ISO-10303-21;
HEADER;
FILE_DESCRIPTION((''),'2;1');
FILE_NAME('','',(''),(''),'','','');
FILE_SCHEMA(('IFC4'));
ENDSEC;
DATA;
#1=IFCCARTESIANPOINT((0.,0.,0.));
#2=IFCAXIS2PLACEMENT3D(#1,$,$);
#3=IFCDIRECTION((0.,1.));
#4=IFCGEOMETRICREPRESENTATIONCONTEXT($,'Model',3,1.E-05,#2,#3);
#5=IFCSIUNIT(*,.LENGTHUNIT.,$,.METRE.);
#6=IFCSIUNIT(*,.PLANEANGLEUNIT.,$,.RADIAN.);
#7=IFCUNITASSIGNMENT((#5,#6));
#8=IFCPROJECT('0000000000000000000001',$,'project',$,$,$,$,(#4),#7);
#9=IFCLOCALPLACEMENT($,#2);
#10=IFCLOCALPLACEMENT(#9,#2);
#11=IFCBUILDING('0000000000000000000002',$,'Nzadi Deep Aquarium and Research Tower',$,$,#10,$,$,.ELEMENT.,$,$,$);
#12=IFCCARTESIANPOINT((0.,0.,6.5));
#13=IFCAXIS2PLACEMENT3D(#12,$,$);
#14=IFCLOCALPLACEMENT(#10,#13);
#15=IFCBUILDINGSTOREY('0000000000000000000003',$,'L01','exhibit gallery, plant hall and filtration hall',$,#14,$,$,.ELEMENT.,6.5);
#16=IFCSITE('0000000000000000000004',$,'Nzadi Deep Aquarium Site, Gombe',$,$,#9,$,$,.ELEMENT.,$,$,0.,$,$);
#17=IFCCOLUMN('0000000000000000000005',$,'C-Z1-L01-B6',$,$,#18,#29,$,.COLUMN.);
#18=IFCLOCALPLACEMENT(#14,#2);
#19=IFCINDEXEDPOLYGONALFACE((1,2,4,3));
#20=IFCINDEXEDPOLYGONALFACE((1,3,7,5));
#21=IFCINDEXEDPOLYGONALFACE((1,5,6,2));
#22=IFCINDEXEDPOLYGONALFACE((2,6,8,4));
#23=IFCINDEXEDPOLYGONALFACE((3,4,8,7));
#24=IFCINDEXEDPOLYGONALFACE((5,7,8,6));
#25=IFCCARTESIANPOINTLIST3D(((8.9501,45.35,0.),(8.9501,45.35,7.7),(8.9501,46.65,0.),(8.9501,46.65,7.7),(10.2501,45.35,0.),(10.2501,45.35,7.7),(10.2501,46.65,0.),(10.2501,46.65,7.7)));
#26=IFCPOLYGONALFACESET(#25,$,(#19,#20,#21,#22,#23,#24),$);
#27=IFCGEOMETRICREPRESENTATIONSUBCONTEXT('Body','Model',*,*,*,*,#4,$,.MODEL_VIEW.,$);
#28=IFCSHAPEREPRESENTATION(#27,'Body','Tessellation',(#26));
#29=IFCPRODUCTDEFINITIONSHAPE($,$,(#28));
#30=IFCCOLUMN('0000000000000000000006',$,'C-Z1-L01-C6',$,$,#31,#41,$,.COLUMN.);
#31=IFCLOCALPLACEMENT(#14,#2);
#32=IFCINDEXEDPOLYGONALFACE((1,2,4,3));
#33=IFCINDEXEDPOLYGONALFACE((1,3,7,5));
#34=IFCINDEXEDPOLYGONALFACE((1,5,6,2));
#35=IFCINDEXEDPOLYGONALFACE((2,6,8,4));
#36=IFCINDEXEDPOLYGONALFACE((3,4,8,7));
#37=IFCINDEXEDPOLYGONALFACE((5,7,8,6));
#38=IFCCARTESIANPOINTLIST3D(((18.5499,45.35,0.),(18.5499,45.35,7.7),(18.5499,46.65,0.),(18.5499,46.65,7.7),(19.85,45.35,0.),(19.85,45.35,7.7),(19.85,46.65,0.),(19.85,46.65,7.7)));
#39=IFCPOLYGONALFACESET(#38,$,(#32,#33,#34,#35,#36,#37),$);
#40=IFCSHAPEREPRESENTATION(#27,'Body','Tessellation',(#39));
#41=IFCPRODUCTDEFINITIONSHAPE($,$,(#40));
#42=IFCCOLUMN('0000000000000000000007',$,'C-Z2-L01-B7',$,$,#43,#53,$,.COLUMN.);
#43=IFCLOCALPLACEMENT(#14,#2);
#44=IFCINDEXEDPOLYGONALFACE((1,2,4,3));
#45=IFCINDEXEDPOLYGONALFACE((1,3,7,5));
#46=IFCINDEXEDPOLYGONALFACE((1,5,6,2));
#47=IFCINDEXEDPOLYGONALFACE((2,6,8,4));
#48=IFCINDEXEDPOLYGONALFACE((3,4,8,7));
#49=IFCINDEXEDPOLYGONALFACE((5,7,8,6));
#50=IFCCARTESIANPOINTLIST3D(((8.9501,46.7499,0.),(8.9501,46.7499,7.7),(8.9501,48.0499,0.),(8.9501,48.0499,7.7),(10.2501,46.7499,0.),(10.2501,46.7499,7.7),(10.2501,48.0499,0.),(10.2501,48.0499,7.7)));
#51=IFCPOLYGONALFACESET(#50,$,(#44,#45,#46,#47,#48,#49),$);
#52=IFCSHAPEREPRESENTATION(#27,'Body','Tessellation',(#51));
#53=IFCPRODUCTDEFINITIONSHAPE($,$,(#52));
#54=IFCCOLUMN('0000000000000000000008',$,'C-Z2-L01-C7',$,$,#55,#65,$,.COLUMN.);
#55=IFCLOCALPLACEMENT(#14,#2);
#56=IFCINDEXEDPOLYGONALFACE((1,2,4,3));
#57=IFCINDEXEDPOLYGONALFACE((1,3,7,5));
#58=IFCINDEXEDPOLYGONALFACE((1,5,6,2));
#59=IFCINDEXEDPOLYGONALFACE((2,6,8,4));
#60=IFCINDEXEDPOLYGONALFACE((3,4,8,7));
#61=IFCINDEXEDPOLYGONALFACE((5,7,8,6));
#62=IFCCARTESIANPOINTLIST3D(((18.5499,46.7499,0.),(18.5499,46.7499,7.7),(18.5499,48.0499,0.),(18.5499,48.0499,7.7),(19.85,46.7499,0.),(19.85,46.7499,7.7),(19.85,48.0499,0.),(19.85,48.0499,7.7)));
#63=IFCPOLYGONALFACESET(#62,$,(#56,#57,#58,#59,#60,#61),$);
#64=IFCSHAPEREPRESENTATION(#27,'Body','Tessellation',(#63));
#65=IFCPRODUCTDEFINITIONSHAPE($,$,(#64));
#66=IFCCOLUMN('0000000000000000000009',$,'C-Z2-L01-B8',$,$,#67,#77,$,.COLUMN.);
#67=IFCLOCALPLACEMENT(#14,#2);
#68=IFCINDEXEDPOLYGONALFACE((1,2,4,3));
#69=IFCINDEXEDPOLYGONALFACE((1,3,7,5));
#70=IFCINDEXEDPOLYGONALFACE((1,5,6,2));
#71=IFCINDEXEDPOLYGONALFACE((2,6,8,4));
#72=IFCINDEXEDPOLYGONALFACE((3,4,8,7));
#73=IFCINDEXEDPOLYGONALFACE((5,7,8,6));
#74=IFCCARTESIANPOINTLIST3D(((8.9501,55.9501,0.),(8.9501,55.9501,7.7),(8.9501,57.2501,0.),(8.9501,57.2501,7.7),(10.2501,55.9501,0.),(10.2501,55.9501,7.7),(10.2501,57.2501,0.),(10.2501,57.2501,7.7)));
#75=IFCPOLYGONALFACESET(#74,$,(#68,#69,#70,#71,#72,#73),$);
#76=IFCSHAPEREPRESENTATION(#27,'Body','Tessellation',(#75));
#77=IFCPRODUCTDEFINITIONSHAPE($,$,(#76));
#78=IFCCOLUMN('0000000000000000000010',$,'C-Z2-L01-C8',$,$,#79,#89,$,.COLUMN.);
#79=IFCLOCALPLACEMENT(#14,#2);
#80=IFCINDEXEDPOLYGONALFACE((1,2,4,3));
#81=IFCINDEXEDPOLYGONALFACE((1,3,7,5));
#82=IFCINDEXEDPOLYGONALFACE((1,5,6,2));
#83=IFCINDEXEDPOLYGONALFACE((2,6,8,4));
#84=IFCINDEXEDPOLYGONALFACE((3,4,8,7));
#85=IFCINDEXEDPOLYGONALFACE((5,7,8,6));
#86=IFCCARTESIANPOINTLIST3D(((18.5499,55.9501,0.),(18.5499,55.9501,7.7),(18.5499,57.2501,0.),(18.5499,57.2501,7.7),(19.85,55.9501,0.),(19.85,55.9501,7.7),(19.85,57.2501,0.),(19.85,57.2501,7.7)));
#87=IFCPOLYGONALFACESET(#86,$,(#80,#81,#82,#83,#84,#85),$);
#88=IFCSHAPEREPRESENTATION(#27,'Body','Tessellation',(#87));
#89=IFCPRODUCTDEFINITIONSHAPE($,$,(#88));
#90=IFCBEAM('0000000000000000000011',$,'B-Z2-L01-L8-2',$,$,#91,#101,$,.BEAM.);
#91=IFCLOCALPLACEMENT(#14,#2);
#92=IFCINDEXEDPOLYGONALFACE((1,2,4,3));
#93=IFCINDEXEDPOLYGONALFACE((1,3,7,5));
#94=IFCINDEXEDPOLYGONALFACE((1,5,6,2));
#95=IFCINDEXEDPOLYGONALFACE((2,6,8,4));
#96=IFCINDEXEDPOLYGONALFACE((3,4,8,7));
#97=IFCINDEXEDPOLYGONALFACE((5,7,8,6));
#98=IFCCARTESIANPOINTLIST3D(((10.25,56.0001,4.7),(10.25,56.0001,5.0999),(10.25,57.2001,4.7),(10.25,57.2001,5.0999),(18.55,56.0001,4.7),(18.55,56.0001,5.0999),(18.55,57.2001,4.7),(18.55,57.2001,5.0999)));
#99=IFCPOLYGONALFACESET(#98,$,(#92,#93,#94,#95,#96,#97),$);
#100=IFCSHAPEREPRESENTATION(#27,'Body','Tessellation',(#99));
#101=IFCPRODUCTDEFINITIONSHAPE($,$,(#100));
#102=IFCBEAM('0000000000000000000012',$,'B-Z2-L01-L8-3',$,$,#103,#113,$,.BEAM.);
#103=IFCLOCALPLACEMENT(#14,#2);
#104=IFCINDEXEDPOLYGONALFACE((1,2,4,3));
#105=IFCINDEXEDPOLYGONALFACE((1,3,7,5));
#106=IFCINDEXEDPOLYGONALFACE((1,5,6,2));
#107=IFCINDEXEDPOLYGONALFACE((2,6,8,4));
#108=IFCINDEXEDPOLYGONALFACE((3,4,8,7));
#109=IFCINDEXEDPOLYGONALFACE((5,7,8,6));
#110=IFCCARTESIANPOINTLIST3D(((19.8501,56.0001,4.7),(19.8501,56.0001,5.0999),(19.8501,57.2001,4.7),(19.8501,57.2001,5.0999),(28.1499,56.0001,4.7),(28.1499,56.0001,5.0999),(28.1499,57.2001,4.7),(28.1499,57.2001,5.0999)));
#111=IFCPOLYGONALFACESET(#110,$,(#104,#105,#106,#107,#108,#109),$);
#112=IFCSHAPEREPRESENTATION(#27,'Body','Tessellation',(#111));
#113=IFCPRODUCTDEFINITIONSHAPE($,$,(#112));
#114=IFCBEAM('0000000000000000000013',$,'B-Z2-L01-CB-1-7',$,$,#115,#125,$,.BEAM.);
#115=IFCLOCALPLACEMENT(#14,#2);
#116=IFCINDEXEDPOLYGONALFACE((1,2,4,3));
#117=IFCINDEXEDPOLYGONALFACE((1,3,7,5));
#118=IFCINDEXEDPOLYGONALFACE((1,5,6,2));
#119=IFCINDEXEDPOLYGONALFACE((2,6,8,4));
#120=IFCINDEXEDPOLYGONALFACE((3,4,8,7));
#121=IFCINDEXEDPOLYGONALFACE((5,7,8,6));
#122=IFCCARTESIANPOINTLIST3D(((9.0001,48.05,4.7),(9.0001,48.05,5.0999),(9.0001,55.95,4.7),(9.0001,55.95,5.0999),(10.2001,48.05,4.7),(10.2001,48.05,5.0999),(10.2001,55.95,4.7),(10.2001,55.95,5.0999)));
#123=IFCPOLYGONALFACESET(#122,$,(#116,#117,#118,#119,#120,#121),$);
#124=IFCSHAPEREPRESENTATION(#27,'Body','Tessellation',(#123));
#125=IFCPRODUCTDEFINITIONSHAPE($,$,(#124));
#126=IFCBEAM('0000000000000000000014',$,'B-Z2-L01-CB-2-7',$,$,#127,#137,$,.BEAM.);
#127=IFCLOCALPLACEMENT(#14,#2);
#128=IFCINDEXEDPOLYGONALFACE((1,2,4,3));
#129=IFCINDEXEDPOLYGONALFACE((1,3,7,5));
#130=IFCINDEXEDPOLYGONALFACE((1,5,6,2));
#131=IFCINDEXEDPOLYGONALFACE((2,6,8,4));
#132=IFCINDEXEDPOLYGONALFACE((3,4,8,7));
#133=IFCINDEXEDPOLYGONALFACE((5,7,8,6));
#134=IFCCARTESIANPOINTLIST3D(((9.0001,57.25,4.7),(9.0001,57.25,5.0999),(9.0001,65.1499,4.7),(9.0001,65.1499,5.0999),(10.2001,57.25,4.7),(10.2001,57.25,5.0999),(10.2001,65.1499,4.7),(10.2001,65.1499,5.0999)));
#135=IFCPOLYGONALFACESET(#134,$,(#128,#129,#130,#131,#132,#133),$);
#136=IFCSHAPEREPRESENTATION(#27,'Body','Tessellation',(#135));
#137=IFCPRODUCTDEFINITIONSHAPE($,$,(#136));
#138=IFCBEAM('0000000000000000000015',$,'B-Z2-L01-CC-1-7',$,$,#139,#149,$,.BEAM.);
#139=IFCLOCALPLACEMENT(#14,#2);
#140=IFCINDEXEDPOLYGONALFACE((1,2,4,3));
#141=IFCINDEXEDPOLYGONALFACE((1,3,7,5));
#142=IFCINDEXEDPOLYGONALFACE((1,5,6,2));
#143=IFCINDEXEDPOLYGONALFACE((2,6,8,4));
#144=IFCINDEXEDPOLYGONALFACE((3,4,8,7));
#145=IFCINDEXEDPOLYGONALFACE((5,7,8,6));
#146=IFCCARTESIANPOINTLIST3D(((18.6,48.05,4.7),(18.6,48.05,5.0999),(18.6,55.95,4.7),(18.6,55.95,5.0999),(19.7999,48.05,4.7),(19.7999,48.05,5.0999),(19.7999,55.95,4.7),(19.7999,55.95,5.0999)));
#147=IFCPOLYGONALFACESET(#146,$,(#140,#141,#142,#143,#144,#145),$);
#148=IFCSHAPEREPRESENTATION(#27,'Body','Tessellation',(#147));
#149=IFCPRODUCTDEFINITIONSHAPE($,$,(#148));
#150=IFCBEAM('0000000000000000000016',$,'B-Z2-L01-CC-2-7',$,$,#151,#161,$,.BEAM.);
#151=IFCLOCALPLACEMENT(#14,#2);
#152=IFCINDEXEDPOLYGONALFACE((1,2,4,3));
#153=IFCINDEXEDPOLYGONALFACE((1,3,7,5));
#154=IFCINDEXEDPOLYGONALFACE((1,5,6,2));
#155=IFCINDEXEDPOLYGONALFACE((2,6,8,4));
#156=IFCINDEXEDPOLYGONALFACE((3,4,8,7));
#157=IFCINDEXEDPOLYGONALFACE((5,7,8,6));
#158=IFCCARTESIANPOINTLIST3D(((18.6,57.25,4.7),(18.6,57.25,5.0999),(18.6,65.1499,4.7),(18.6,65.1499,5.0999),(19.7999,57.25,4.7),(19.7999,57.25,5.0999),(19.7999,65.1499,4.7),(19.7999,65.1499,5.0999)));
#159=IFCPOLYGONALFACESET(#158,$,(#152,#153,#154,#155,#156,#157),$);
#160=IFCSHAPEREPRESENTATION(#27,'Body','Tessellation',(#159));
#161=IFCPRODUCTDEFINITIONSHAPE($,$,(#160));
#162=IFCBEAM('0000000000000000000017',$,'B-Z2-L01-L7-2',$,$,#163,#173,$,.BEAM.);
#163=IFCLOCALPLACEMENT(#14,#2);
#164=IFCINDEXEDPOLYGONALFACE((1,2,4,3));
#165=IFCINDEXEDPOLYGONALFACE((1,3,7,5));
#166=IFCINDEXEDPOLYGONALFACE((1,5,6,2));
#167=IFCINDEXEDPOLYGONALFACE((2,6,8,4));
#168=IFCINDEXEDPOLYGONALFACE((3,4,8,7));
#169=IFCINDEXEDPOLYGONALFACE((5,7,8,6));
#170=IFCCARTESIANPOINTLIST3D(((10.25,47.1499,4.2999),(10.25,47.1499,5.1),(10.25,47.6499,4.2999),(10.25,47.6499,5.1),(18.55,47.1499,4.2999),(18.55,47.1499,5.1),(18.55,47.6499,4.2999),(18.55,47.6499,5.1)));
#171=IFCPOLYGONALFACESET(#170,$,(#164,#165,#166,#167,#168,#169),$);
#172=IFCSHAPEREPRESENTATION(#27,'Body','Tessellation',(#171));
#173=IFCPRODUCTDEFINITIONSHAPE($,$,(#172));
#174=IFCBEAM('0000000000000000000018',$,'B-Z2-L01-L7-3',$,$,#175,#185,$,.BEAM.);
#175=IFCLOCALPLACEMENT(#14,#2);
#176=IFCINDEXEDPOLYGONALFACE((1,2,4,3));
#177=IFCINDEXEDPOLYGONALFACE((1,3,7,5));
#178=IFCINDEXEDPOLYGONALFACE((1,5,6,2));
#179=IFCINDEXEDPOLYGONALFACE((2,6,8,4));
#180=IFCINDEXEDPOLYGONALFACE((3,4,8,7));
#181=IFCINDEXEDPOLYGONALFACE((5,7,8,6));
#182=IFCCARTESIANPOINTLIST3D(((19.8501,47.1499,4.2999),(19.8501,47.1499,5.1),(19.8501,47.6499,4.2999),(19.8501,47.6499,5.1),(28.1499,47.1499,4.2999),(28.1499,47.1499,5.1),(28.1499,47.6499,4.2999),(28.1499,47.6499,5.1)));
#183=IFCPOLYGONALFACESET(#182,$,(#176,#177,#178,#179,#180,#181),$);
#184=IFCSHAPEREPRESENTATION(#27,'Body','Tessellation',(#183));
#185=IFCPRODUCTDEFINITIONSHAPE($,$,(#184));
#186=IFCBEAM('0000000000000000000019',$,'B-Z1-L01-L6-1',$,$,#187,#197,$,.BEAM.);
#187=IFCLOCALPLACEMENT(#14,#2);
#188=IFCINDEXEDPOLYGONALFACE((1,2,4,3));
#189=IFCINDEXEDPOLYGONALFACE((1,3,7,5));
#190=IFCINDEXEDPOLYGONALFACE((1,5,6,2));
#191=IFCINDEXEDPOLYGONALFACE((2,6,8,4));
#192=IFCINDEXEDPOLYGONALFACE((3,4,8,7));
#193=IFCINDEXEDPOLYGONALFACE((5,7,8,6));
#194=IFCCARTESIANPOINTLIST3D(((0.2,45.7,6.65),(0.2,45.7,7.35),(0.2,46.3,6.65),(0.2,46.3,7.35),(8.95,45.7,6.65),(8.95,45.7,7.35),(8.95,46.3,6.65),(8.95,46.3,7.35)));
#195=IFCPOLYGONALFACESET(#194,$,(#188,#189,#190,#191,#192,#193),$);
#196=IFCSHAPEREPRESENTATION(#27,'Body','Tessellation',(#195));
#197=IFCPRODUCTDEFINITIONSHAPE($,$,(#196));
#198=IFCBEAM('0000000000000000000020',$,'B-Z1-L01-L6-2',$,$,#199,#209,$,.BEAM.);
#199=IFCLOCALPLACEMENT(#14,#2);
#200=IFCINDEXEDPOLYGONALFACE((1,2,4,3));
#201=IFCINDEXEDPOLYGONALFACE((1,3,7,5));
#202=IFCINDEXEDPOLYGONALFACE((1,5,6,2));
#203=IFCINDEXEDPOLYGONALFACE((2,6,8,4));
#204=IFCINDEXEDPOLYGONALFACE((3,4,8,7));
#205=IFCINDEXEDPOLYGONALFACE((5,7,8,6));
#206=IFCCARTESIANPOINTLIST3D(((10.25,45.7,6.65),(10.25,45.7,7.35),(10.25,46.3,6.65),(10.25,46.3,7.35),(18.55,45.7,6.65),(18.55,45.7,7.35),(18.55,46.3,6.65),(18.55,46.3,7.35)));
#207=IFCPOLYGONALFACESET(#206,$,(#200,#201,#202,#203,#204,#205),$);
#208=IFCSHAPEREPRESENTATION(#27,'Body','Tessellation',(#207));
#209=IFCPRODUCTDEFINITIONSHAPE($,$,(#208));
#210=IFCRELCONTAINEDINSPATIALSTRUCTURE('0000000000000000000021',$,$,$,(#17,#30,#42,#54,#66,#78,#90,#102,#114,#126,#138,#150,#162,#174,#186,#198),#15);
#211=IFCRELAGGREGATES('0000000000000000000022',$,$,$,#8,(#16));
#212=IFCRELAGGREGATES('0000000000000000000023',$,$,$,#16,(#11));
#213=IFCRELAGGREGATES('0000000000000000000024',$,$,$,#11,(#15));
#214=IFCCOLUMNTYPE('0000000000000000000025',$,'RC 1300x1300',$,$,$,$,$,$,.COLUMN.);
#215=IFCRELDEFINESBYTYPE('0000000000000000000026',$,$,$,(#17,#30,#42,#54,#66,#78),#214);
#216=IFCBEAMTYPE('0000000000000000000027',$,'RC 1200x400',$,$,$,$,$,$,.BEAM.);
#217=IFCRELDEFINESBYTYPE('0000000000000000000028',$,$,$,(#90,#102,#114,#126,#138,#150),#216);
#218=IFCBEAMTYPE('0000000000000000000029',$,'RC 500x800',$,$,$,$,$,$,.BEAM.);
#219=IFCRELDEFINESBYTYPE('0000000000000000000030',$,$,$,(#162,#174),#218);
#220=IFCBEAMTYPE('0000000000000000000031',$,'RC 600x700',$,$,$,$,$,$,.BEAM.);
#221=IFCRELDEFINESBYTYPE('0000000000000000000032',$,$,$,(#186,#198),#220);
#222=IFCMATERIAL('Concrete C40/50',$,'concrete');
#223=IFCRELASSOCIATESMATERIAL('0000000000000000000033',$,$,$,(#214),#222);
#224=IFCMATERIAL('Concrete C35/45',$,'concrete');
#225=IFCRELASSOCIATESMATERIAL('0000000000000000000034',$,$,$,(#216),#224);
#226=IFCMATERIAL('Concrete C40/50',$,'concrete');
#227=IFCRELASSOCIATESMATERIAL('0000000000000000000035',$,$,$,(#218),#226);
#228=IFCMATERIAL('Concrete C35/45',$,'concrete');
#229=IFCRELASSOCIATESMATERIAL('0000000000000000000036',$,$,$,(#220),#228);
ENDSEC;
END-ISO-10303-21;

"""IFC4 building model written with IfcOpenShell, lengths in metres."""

from ifc_helpers import new_model, si_unit, direction, frame, origin, origin_2d, place, context, subcontext, project, spatial, rectangle, extrude, material, material_profile, profile_set, type_object, element, save


model = new_model("IFC4")

# Units and contexts
model_context = context("Model", 3, precision=1e-05, world=origin(), true_north=direction((0.0, 1.0)))
body_context = subcontext(model_context, "Body", "Model", "MODEL_VIEW")
ifc_project = project(units=[si_unit("LENGTHUNIT", "METRE"), si_unit("PLANEANGLEUNIT", "RADIAN")], contexts=[model_context])

# Site, building, storey
site_placement = place(None, origin())
site = spatial("IfcSite", under=ifc_project, at=site_placement, Name="Nzadi Deep Aquarium Site, Gombe", CompositionType="ELEMENT", RefElevation=0.0)
building_placement = place(site_placement, origin())
building = spatial("IfcBuilding", under=site, at=building_placement, Name="Nzadi Deep Aquarium and Research Tower", CompositionType="ELEMENT")
storey_placement = place(building_placement, frame((0.0, 0.0, 6.5)))
storey = spatial("IfcBuildingStorey", under=building, at=storey_placement, Name="L01", Description="exhibit gallery, plant hall and filtration hall", CompositionType="ELEMENT", Elevation=6.5)

# Columns
ifc_material_1 = material(Name="Concrete C40/50", Category="concrete")
ifc_material_profile_1 = material_profile(ifc_material_1, rectangle(XDim=1.3, YDim=1.3, at=origin_2d()))
ifc_profile_set_1 = profile_set([ifc_material_profile_1], Name="Concrete C40/50")
column_type = type_object("IfcColumnType", Name="RC 1300x1300", PredefinedType="COLUMN", material=ifc_profile_set_1)
for number, where, z_axis, x_axis, name in (
    (1, (9.6001, 46.0, 0.0), (0.0, 0.0, 1.0), (1.0, 0.0, 0.0), "C-Z1-L01-B6"),
    (2, (19.2, 46.0, 0.0), (0.0, 0.0, 1.0), (1.0, 0.0, 0.0), "C-Z1-L01-C6"),
    (3, (9.6001, 47.3999, 0.0), (0.0, 0.0, 1.0), (1.0, 0.0, 0.0), "C-Z2-L01-B7"),
    (4, (19.2, 47.3999, 0.0), (0.0, 0.0, 1.0), (1.0, 0.0, 0.0), "C-Z2-L01-C7"),
    (5, (9.6001, 56.6001, 0.0), (0.0, 0.0, 1.0), (1.0, 0.0, 0.0), "C-Z2-L01-B8"),
    (6, (19.2, 56.6001, 0.0), (0.0, 0.0, 1.0), (1.0, 0.0, 0.0), "C-Z2-L01-C8"),
):
    element("IfcColumn", number, at=place(storey_placement, frame(where, z_axis=z_axis, x_axis=x_axis)), inside=storey, type_object=column_type, Name=name, PredefinedType="COLUMN", context=body_context, shape_type="SweptSolid", body=[
        extrude(rectangle(XDim=1.3, YDim=1.3, at=origin_2d()), origin(), (0.0, 0.0, 1.0), 7.7),
    ])

# Beams
ifc_material_2 = material(Name="Concrete C35/45", Category="concrete")
ifc_material_profile_2 = material_profile(ifc_material_2, rectangle(XDim=1.2, YDim=0.3999, at=origin_2d()))
ifc_profile_set_2 = profile_set([ifc_material_profile_2], Name="Concrete C35/45")
beam_type_1 = type_object("IfcBeamType", Name="RC 1200x400", PredefinedType="BEAM", material=ifc_profile_set_2)
beam_1_placement = place(storey_placement, frame((10.25, 56.6001, 4.8999), z_axis=(1.0, 0.0, 0.0), x_axis=(0.0, 1.0, 0.0)))
element("IfcBeam", 7, at=beam_1_placement, inside=storey, type_object=beam_type_1, Name="B-Z2-L01-L8-2", PredefinedType="BEAM", context=body_context, shape_type="SweptSolid", body=[
    extrude(rectangle(XDim=1.2, YDim=0.3999, at=origin_2d()), origin(), (0.0, 0.0, 1.0), 8.3),
])
beam_2_placement = place(storey_placement, frame((19.8501, 56.6001, 4.8999), z_axis=(1.0, 0.0, 0.0), x_axis=(0.0, 1.0, 0.0)))
element("IfcBeam", 8, at=beam_2_placement, inside=storey, type_object=beam_type_1, Name="B-Z2-L01-L8-3", PredefinedType="BEAM", context=body_context, shape_type="SweptSolid", body=[
    extrude(rectangle(XDim=1.2, YDim=0.3999, at=origin_2d()), origin(), (0.0, 0.0, 1.0), 8.2998),
])
for number, where, z_axis, x_axis, name in (
    (9, (9.6001, 48.05, 4.8999), (0.0, 1.0, 0.0), (-1.0, 0.0, 0.0), "B-Z2-L01-CB-1-7"),
    (10, (9.6001, 57.25, 4.8999), (0.0, 1.0, 0.0), (-1.0, 0.0, 0.0), "B-Z2-L01-CB-2-7"),
    (11, (19.2, 48.05, 4.8999), (0.0, 1.0, 0.0), (-1.0, 0.0, 0.0), "B-Z2-L01-CC-1-7"),
    (12, (19.2, 57.25, 4.8999), (0.0, 1.0, 0.0), (-1.0, 0.0, 0.0), "B-Z2-L01-CC-2-7"),
):
    element("IfcBeam", number, at=place(storey_placement, frame(where, z_axis=z_axis, x_axis=x_axis)), inside=storey, type_object=beam_type_1, Name=name, PredefinedType="BEAM", context=body_context, shape_type="SweptSolid", body=[
        extrude(rectangle(XDim=1.2, YDim=0.3999, at=origin_2d()), origin(), (0.0, 0.0, 1.0), 7.8999),
    ])
ifc_material_3 = material(Name="Concrete C40/50", Category="concrete")
ifc_material_profile_3 = material_profile(ifc_material_3, rectangle(XDim=0.5, YDim=0.8, at=origin_2d()))
ifc_profile_set_3 = profile_set([ifc_material_profile_3], Name="Concrete C40/50")
beam_type_2 = type_object("IfcBeamType", Name="RC 500x800", PredefinedType="BEAM", material=ifc_profile_set_3)
beam_3_placement = place(storey_placement, frame((10.25, 47.3999, 4.7), z_axis=(1.0, 0.0, 0.0), x_axis=(0.0, 1.0, 0.0)))
element("IfcBeam", 13, at=beam_3_placement, inside=storey, type_object=beam_type_2, Name="B-Z2-L01-L7-2", PredefinedType="BEAM", context=body_context, shape_type="SweptSolid", body=[
    extrude(rectangle(XDim=0.5, YDim=0.8, at=origin_2d()), origin(), (0.0, 0.0, 1.0), 8.3),
])
beam_4_placement = place(storey_placement, frame((19.8501, 47.3999, 4.7), z_axis=(1.0, 0.0, 0.0), x_axis=(0.0, 1.0, 0.0)))
element("IfcBeam", 14, at=beam_4_placement, inside=storey, type_object=beam_type_2, Name="B-Z2-L01-L7-3", PredefinedType="BEAM", context=body_context, shape_type="SweptSolid", body=[
    extrude(rectangle(XDim=0.5, YDim=0.8, at=origin_2d()), origin(), (0.0, 0.0, 1.0), 8.2998),
])
ifc_material_4 = material(Name="Concrete C35/45", Category="concrete")
ifc_material_profile_4 = material_profile(ifc_material_4, rectangle(XDim=0.6001, YDim=0.7, at=origin_2d()))
ifc_profile_set_4 = profile_set([ifc_material_profile_4], Name="Concrete C35/45")
beam_type_3 = type_object("IfcBeamType", Name="RC 600x700", PredefinedType="BEAM", material=ifc_profile_set_4)
beam_5_placement = place(storey_placement, frame((0.2, 46.0, 7.0), z_axis=(1.0, 0.0, 0.0), x_axis=(0.0, 1.0, 0.0)))
element("IfcBeam", 15, at=beam_5_placement, inside=storey, type_object=beam_type_3, Name="B-Z1-L01-L6-1", PredefinedType="BEAM", context=body_context, shape_type="SweptSolid", body=[
    extrude(rectangle(XDim=0.6001, YDim=0.7, at=origin_2d()), origin(), (0.0, 0.0, 1.0), 8.75),
])
beam_6_placement = place(storey_placement, frame((10.25, 46.0, 7.0), z_axis=(1.0, 0.0, 0.0), x_axis=(0.0, 1.0, 0.0)))
element("IfcBeam", 16, at=beam_6_placement, inside=storey, type_object=beam_type_3, Name="B-Z1-L01-L6-2", PredefinedType="BEAM", context=body_context, shape_type="SweptSolid", body=[
    extrude(rectangle(XDim=0.6001, YDim=0.7, at=origin_2d()), origin(), (0.0, 0.0, 1.0), 8.3),
])

save(model, "model.ifc")
